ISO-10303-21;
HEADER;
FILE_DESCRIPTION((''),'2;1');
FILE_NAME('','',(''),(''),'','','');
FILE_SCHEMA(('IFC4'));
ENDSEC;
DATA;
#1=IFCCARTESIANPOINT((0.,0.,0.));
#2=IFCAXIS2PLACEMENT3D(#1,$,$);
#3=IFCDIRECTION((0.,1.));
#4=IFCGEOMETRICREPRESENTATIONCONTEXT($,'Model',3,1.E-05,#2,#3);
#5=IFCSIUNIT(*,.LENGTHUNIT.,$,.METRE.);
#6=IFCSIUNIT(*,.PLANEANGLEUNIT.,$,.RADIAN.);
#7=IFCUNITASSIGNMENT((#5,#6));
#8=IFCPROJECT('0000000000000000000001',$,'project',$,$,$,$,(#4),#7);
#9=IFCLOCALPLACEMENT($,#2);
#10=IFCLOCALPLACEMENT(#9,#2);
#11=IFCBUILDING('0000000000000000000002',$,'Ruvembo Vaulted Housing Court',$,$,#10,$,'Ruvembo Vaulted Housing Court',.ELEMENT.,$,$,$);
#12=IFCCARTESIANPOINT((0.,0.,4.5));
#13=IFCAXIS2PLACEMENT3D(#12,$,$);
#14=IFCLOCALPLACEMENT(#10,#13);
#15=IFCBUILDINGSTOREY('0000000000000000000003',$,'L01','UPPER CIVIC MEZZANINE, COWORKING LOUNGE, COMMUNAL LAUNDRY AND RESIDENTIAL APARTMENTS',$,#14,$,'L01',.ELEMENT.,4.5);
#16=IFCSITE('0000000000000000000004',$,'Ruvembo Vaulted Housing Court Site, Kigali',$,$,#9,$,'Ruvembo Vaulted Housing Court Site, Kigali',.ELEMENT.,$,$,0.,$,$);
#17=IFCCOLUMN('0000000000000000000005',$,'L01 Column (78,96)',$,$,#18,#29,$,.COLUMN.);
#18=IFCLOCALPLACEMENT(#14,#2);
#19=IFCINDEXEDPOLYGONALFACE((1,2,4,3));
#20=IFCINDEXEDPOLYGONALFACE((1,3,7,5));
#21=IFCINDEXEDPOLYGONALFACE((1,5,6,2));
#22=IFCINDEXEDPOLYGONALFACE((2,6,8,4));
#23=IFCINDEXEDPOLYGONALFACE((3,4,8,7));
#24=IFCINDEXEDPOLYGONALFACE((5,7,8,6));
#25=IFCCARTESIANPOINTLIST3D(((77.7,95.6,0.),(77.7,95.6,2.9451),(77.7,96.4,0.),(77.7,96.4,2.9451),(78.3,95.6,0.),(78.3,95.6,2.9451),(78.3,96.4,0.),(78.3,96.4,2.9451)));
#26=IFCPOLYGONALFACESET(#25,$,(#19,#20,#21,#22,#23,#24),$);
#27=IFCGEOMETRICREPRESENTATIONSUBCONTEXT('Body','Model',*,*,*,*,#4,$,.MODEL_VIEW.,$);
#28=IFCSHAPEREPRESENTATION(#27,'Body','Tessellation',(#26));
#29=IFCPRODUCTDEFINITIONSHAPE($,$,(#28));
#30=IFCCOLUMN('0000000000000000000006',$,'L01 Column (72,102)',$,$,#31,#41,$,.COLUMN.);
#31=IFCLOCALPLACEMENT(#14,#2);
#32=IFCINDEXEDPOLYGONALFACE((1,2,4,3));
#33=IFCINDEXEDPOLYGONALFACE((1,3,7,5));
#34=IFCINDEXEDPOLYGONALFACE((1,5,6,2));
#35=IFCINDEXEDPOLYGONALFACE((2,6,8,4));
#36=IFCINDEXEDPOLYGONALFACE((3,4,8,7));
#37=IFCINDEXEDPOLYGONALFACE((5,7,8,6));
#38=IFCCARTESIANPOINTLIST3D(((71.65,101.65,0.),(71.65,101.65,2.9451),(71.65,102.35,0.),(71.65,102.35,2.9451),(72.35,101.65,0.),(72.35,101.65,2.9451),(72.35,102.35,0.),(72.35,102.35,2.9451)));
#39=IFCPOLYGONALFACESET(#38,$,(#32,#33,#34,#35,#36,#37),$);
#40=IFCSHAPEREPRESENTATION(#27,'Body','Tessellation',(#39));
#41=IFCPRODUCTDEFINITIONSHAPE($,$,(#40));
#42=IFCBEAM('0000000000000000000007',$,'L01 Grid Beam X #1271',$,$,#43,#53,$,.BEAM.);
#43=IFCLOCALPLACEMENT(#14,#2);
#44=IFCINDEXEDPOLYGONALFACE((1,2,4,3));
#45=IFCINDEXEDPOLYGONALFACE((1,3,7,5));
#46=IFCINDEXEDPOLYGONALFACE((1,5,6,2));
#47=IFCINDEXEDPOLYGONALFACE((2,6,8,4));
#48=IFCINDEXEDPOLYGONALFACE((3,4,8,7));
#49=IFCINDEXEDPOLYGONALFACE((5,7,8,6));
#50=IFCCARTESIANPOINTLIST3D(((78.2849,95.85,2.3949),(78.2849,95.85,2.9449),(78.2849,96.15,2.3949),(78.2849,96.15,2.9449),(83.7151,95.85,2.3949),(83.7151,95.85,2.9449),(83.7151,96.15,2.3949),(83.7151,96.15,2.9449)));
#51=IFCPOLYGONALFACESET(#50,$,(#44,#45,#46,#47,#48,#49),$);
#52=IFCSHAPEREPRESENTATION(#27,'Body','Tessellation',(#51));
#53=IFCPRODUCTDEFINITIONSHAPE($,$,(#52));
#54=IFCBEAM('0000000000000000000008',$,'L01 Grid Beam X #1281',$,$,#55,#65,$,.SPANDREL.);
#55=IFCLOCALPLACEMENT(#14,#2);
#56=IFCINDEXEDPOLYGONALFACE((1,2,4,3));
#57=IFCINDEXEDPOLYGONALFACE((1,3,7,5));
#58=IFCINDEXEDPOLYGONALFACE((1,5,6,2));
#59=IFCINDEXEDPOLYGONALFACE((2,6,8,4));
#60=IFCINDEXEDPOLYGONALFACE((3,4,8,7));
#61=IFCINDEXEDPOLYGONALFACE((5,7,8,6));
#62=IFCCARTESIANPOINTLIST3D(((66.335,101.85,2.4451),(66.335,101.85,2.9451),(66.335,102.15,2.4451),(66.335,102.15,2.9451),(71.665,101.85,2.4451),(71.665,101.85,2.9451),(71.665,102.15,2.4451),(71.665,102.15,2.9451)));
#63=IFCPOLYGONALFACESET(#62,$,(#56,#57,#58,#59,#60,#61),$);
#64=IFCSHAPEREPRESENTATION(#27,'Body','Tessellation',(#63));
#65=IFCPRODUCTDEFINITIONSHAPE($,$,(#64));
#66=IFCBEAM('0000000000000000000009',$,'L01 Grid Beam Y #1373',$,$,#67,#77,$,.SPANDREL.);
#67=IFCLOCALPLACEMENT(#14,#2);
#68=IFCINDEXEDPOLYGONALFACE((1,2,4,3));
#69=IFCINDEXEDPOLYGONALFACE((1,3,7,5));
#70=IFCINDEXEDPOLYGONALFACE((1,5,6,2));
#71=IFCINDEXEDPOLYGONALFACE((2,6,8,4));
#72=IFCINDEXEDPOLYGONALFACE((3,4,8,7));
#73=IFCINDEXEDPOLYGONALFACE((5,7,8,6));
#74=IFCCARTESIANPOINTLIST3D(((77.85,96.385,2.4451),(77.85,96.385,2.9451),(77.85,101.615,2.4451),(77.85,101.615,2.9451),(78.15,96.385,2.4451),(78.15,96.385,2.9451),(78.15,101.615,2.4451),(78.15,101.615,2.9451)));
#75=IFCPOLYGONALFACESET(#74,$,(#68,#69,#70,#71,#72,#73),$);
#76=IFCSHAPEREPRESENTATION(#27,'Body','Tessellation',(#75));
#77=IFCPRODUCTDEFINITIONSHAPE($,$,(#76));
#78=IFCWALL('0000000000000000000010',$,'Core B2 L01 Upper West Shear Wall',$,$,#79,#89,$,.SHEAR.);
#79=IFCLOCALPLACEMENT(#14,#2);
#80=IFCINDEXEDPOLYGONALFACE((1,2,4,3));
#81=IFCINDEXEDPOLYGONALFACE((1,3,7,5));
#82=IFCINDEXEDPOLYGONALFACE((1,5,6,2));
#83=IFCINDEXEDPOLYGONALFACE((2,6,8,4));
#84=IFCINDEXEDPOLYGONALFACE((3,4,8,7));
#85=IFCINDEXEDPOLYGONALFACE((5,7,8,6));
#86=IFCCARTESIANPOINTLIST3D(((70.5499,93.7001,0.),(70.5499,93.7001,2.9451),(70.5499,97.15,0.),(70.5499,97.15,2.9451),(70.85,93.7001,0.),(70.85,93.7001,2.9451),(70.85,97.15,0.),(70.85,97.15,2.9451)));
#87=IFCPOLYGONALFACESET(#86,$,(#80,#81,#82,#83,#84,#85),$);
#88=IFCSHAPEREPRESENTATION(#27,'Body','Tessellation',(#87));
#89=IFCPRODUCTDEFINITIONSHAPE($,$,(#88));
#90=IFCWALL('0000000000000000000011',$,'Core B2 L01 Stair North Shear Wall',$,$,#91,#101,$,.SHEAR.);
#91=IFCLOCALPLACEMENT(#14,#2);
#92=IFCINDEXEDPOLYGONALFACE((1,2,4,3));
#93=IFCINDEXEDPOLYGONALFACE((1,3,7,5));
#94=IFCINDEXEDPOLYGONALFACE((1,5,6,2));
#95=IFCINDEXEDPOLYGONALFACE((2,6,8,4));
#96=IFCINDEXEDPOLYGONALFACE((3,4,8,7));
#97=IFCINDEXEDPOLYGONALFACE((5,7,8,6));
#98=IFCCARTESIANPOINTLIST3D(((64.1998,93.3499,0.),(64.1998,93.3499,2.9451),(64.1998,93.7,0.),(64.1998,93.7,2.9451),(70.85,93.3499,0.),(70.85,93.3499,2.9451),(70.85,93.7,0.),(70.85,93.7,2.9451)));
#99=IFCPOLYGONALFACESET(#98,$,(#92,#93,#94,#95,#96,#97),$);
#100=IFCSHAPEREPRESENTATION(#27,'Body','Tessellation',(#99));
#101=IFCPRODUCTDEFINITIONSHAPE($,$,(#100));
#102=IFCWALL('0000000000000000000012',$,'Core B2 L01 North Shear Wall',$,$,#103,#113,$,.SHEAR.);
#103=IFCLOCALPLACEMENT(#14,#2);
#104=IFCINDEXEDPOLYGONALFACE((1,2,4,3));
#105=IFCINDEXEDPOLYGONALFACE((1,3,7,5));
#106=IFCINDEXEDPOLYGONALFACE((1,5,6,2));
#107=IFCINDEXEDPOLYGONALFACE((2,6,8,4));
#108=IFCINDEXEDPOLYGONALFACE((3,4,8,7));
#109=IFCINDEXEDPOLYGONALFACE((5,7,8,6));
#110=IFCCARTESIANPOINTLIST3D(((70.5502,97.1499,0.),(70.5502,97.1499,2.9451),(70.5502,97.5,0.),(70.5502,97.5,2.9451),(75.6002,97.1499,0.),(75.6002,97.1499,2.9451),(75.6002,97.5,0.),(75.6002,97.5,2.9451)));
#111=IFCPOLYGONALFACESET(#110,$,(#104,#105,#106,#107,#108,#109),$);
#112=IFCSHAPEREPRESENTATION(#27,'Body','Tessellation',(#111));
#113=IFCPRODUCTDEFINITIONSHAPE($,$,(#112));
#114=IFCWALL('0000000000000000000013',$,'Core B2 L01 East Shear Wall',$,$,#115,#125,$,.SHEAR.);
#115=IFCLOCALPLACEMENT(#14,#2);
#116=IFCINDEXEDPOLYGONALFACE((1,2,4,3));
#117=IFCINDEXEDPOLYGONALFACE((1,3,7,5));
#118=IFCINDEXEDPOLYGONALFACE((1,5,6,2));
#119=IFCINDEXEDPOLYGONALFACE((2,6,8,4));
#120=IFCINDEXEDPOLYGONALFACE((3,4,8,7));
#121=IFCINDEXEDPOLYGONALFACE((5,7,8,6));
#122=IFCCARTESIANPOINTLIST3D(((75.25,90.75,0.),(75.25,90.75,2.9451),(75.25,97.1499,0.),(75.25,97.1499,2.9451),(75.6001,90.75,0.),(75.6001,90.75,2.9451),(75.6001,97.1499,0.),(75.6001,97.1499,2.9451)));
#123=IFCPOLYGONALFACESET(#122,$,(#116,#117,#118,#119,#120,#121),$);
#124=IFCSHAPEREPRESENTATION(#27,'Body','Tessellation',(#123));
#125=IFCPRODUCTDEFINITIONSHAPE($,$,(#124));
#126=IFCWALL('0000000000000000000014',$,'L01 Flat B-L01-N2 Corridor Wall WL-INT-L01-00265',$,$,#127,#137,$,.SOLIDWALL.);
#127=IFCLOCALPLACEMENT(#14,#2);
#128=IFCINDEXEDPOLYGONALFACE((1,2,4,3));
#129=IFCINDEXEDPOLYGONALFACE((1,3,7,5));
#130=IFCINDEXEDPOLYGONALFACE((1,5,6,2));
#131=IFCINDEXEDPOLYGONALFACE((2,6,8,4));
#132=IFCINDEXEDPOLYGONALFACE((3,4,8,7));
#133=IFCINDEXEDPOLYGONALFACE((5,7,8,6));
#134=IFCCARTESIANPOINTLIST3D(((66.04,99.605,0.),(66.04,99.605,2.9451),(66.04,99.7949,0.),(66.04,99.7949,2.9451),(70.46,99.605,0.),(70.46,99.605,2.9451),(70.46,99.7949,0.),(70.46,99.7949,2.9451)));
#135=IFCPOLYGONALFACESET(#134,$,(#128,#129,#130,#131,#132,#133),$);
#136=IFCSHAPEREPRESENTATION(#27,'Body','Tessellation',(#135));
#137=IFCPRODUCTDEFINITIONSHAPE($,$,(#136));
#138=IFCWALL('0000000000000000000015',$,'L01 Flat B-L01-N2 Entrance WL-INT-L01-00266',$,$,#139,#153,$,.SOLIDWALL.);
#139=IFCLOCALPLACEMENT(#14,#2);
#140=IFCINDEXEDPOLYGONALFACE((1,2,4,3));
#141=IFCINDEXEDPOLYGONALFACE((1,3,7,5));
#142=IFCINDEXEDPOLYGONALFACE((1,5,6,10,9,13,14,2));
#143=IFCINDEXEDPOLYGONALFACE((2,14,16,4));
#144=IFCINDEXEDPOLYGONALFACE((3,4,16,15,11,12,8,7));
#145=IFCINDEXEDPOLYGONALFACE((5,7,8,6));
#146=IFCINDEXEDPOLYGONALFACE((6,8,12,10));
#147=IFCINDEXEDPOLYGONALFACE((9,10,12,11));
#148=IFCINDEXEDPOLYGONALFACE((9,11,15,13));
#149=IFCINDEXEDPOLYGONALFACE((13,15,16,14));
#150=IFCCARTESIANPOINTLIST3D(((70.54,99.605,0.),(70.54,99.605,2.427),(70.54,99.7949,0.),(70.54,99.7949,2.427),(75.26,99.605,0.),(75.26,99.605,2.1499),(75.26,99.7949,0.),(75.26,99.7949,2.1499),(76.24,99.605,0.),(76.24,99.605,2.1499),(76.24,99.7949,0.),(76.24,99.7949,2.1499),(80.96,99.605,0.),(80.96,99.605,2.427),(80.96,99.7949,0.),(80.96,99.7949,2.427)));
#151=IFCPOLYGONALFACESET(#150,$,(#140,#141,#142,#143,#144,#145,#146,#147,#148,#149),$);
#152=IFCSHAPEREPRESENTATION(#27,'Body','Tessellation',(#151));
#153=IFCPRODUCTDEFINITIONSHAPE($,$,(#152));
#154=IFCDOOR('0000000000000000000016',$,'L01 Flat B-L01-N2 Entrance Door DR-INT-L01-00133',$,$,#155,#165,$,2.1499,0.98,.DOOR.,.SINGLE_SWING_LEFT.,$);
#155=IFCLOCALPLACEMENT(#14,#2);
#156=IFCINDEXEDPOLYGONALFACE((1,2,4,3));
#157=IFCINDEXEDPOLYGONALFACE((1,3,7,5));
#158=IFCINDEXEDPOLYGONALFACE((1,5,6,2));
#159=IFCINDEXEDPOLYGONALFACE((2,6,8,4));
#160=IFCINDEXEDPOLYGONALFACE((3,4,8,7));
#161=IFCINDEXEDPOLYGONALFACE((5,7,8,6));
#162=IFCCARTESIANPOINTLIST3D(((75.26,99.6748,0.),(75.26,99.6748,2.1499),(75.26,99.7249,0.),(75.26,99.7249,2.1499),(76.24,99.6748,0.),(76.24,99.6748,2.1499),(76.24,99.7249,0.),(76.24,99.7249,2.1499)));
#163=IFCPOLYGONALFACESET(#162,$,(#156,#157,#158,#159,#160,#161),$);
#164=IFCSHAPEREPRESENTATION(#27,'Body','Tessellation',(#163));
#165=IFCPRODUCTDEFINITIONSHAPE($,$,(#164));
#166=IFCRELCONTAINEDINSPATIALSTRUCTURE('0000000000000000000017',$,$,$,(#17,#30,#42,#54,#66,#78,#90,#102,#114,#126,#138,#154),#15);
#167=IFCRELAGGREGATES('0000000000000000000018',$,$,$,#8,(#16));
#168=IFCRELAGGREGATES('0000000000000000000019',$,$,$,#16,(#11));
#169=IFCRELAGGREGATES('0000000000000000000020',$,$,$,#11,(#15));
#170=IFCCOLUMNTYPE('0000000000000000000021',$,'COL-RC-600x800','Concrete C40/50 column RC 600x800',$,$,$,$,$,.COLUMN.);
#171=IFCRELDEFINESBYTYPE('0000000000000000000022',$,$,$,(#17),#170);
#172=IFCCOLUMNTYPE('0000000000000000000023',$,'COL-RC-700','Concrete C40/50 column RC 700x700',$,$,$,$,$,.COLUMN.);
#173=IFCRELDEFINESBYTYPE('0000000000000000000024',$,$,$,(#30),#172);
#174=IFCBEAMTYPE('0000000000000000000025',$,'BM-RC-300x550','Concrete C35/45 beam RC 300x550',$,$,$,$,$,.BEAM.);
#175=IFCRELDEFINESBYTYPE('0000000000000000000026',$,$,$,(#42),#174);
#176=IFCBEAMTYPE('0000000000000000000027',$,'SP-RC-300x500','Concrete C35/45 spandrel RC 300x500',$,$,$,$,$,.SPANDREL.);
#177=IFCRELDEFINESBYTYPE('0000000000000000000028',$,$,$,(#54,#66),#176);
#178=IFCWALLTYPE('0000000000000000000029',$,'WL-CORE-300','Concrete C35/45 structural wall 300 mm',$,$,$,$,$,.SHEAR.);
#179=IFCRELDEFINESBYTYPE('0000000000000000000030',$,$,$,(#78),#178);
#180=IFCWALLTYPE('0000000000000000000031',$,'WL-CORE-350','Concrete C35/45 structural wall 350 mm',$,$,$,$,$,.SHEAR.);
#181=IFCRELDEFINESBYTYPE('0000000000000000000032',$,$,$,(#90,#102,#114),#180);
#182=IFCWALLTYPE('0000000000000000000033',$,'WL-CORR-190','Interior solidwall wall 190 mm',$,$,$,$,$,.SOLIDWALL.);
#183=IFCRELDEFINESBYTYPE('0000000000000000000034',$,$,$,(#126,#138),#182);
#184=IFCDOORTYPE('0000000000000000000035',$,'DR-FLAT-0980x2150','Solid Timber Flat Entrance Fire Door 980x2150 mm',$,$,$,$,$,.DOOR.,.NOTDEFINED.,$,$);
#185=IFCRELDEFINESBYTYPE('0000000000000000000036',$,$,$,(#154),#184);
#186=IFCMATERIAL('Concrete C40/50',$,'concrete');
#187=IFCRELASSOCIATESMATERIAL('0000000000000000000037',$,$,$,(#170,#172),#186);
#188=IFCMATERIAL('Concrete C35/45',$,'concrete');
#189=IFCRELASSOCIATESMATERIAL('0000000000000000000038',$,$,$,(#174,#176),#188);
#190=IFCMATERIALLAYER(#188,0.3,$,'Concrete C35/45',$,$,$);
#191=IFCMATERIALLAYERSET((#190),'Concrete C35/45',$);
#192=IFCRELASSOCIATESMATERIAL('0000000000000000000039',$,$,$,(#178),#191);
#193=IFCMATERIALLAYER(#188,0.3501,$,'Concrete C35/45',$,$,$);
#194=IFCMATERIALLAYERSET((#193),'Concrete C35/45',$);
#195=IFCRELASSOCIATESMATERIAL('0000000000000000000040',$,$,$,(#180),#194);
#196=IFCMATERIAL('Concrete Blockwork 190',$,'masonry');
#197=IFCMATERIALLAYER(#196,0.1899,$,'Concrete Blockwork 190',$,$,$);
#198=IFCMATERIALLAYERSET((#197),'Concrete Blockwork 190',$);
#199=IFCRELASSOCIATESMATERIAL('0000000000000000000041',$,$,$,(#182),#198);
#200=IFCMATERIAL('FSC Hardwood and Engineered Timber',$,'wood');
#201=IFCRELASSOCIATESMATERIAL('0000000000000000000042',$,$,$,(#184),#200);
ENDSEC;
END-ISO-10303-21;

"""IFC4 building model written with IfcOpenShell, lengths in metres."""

from ifc_helpers import new_model, si_unit, direction, frame, frame_2d, origin, origin_2d, place, context, subcontext, project, spatial, rectangle, extrude, material, layer, layer_set, material_profile, profile_set, type_object, element, fill, save


model = new_model("IFC4")

# Units and contexts
model_context = context("Model", 3, precision=1e-05, world=origin(), true_north=direction((0.0, 1.0)))
body_context = subcontext(model_context, "Body", "Model", "MODEL_VIEW")
ifc_project = project(units=[si_unit("LENGTHUNIT", "METRE"), si_unit("PLANEANGLEUNIT", "RADIAN")], contexts=[model_context])

# Site, building, storey
site_placement = place(None, origin())
site = spatial("IfcSite", under=ifc_project, at=site_placement, Name="Ruvembo Vaulted Housing Court Site, Kigali", LongName="Ruvembo Vaulted Housing Court Site, Kigali", CompositionType="ELEMENT", RefElevation=0.0)
building_placement = place(site_placement, origin())
building = spatial("IfcBuilding", under=site, at=building_placement, Name="Ruvembo Vaulted Housing Court", LongName="Ruvembo Vaulted Housing Court", CompositionType="ELEMENT")
storey_placement = place(building_placement, frame((0.0, 0.0, 4.5)))
storey = spatial("IfcBuildingStorey", under=building, at=storey_placement, Name="L01", Description="UPPER CIVIC MEZZANINE, COWORKING LOUNGE, COMMUNAL LAUNDRY AND RESIDENTIAL APARTMENTS", LongName="L01", CompositionType="ELEMENT", Elevation=4.5)

# Columns
ifc_material_1 = material(Name="Concrete C40/50", Category="concrete")
ifc_material_profile_1 = material_profile(ifc_material_1, rectangle(XDim=0.6001, YDim=0.8, at=origin_2d()), Name="RC 600x800")
ifc_profile_set_1 = profile_set([ifc_material_profile_1], Name="Concrete C40/50")
column_type_1 = type_object("IfcColumnType", Name="COL-RC-600x800", Description="Concrete C40/50 column RC 600x800", PredefinedType="COLUMN", material=ifc_profile_set_1)
column_1_placement = place(storey_placement, frame((78.0, 96.0, 0.0), z_axis=(0.0, 0.0, 1.0), x_axis=(1.0, 0.0, 0.0)))
element("IfcColumn", 1, at=column_1_placement, inside=storey, type_object=column_type_1, Name="L01 Column (78,96)", PredefinedType="COLUMN", context=body_context, shape_type="SweptSolid", body=[
    extrude(rectangle(XDim=0.6001, YDim=0.8, at=origin_2d()), origin(), (0.0, 0.0, 1.0), 2.9451),
])
ifc_material_profile_2 = material_profile(ifc_material_1, rectangle(XDim=0.7, YDim=0.7, at=origin_2d()), Name="RC 700x700")
ifc_profile_set_2 = profile_set([ifc_material_profile_2], Name="Concrete C40/50")
column_type_2 = type_object("IfcColumnType", Name="COL-RC-700", Description="Concrete C40/50 column RC 700x700", PredefinedType="COLUMN", material=ifc_profile_set_2)
column_2_placement = place(storey_placement, frame((72.0, 102.0, 0.0), z_axis=(0.0, 0.0, 1.0), x_axis=(1.0, 0.0, 0.0)))
element("IfcColumn", 2, at=column_2_placement, inside=storey, type_object=column_type_2, Name="L01 Column (72,102)", PredefinedType="COLUMN", context=body_context, shape_type="SweptSolid", body=[
    extrude(rectangle(XDim=0.7, YDim=0.7, at=origin_2d()), origin(), (0.0, 0.0, 1.0), 2.9451),
])

# Beams
ifc_material_2 = material(Name="Concrete C35/45", Category="concrete")
ifc_material_profile_3 = material_profile(ifc_material_2, rectangle(XDim=0.3, YDim=0.55, at=origin_2d()), Name="RC 300x550")
ifc_profile_set_3 = profile_set([ifc_material_profile_3], Name="Concrete C35/45")
beam_type_1 = type_object("IfcBeamType", Name="BM-RC-300x550", Description="Concrete C35/45 beam RC 300x550", PredefinedType="BEAM", material=ifc_profile_set_3)
beam_1_placement = place(storey_placement, frame((78.2849, 96.0, 2.6699), z_axis=(1.0, 0.0, 0.0), x_axis=(0.0, 1.0, 0.0)))
element("IfcBeam", 3, at=beam_1_placement, inside=storey, type_object=beam_type_1, Name="L01 Grid Beam X #1271", PredefinedType="BEAM", context=body_context, shape_type="SweptSolid", body=[
    extrude(rectangle(XDim=0.3, YDim=0.55, at=origin_2d()), origin(), (0.0, 0.0, 1.0), 5.4302),
])
ifc_material_profile_4 = material_profile(ifc_material_2, rectangle(XDim=0.3, YDim=0.5, at=origin_2d()), Name="RC 300x500")
ifc_profile_set_4 = profile_set([ifc_material_profile_4], Name="Concrete C35/45")
beam_type_2 = type_object("IfcBeamType", Name="SP-RC-300x500", Description="Concrete C35/45 spandrel RC 300x500", PredefinedType="SPANDREL", material=ifc_profile_set_4)
beam_2_placement = place(storey_placement, frame((66.335, 102.0, 2.6951), z_axis=(1.0, 0.0, 0.0), x_axis=(0.0, 1.0, 0.0)))
element("IfcBeam", 4, at=beam_2_placement, inside=storey, type_object=beam_type_2, Name="L01 Grid Beam X #1281", PredefinedType="SPANDREL", context=body_context, shape_type="SweptSolid", body=[
    extrude(rectangle(XDim=0.3, YDim=0.5, at=origin_2d()), origin(), (0.0, 0.0, 1.0), 5.3301),
])
beam_3_placement = place(storey_placement, frame((78.0, 96.385, 2.6951), z_axis=(0.0, 1.0, 0.0), x_axis=(-1.0, 0.0, 0.0)))
element("IfcBeam", 5, at=beam_3_placement, inside=storey, type_object=beam_type_2, Name="L01 Grid Beam Y #1373", PredefinedType="SPANDREL", context=body_context, shape_type="SweptSolid", body=[
    extrude(rectangle(XDim=0.3, YDim=0.5, at=origin_2d()), origin(), (0.0, 0.0, 1.0), 5.23),
])

# Shared definitions
ifc_layer_1 = layer(ifc_material_2, 0.3, Name="Concrete C35/45")
ifc_layer_set_1 = layer_set([ifc_layer_1], Name="Concrete C35/45")
wall_type_1 = type_object("IfcWallType", Name="WL-CORE-300", Description="Concrete C35/45 structural wall 300 mm", PredefinedType="SHEAR", material=ifc_layer_set_1)

# Walls
wall_1_placement = place(storey_placement, frame((70.7, 93.7, 0.0), z_axis=(0.0, 0.0, 1.0), x_axis=(0.0, 1.0, 0.0)))
element("IfcWall", 6, at=wall_1_placement, inside=storey, type_object=wall_type_1, Name="Core B2 L01 Upper West Shear Wall", PredefinedType="SHEAR", context=body_context, shape_type="SweptSolid", body=[
    extrude(rectangle(XDim=3.45, YDim=0.3, at=frame_2d((1.7251, 0.0))), origin(), (0.0, 0.0, 1.0), 2.9451),
])
ifc_layer_2 = layer(ifc_material_2, 0.3501, Name="Concrete C35/45")
ifc_layer_set_2 = layer_set([ifc_layer_2], Name="Concrete C35/45")
wall_type_2 = type_object("IfcWallType", Name="WL-CORE-350", Description="Concrete C35/45 structural wall 350 mm", PredefinedType="SHEAR", material=ifc_layer_set_2)
wall_2_placement = place(storey_placement, frame((70.8501, 93.5249, 0.0), z_axis=(0.0, 0.0, 1.0), x_axis=(-1.0, 0.0, 0.0)))
element("IfcWall", 7, at=wall_2_placement, inside=storey, type_object=wall_type_2, Name="Core B2 L01 Stair North Shear Wall", PredefinedType="SHEAR", context=body_context, shape_type="SweptSolid", body=[
    extrude(rectangle(XDim=6.6501, YDim=0.3501, at=frame_2d((3.3252, 0.0))), origin(), (0.0, 0.0, 1.0), 2.9451),
])
wall_3_placement = place(storey_placement, frame((75.6001, 97.325, 0.0), z_axis=(0.0, 0.0, 1.0), x_axis=(-1.0, 0.0, 0.0)))
element("IfcWall", 8, at=wall_3_placement, inside=storey, type_object=wall_type_2, Name="Core B2 L01 North Shear Wall", PredefinedType="SHEAR", context=body_context, shape_type="SweptSolid", body=[
    extrude(rectangle(XDim=5.05, YDim=0.3501, at=frame_2d((2.5249, 0.0))), origin(), (0.0, 0.0, 1.0), 2.9451),
])
wall_4_placement = place(storey_placement, frame((75.425, 90.75, 0.0), z_axis=(0.0, 0.0, 1.0), x_axis=(0.0, 1.0, 0.0)))
element("IfcWall", 9, at=wall_4_placement, inside=storey, type_object=wall_type_2, Name="Core B2 L01 East Shear Wall", PredefinedType="SHEAR", context=body_context, shape_type="SweptSolid", body=[
    extrude(rectangle(XDim=6.3999, YDim=0.3501, at=frame_2d((3.2, 0.0))), origin(), (0.0, 0.0, 1.0), 2.9451),
])
ifc_material_3 = material(Name="Concrete Blockwork 190", Category="masonry")
ifc_layer_3 = layer(ifc_material_3, 0.1899, Name="Concrete Blockwork 190")
ifc_layer_set_3 = layer_set([ifc_layer_3], Name="Concrete Blockwork 190")
wall_type_3 = type_object("IfcWallType", Name="WL-CORR-190", Description="Interior solidwall wall 190 mm", PredefinedType="SOLIDWALL", material=ifc_layer_set_3)
wall_5_placement = place(storey_placement, frame((66.04, 99.7, 0.0), z_axis=(0.0, 0.0, 1.0), x_axis=(1.0, 0.0, 0.0)))
element("IfcWall", 10, at=wall_5_placement, inside=storey, type_object=wall_type_3, Name="L01 Flat B-L01-N2 Corridor Wall WL-INT-L01-00265", PredefinedType="SOLIDWALL", context=body_context, shape_type="SweptSolid", body=[
    extrude(rectangle(XDim=4.4199, YDim=0.1899, at=frame_2d((2.21, 0.0))), origin(), (0.0, 0.0, 1.0), 2.9451),
])

# Wall, opening, door
wall_6_placement = place(storey_placement, frame((70.54, 99.7, 0.0), z_axis=(0.0, 0.0, 1.0), x_axis=(1.0, 0.0, 0.0)))
wall_6 = element("IfcWall", 11, at=wall_6_placement, inside=storey, type_object=wall_type_3, Name="L01 Flat B-L01-N2 Entrance WL-INT-L01-00266", PredefinedType="SOLIDWALL", context=body_context, shape_type="SweptSolid", body=[
    extrude(rectangle(XDim=10.4199, YDim=0.1899, at=frame_2d((5.21, 0.0))), origin(), (0.0, 0.0, 1.0), 2.427),
])
opening_1_placement = place(wall_6_placement, frame((4.72, 0.0, 0.0)))
opening_1 = element("IfcOpeningElement", 12, at=opening_1_placement, cuts=wall_6, PredefinedType="OPENING", context=body_context, shape_type="SweptSolid", body=[
    extrude(rectangle(XDim=0.98, YDim=2.1499, at=frame_2d((0.49, 1.075))), frame((0.0, 0.105, 0.0), z_axis=(0.0, -1.0, 0.0), x_axis=(1.0, 0.0, 0.0)), (0.0, 0.0, 1.0), 0.21),
])
ifc_material_4 = material(Name="FSC Hardwood and Engineered Timber", Category="wood")
door_type_1 = type_object("IfcDoorType", Name="DR-FLAT-0980x2150", Description="Solid Timber Flat Entrance Fire Door 980x2150 mm", OperationType="NOTDEFINED", PredefinedType="DOOR", material=ifc_material_4)
door_1_placement = place(opening_1_placement, origin())
door_1 = element("IfcDoor", 13, at=door_1_placement, inside=storey, type_object=door_type_1, Name="L01 Flat B-L01-N2 Entrance Door DR-INT-L01-00133", OperationType="SINGLE_SWING_LEFT", OverallHeight=2.1499, OverallWidth=0.98, PredefinedType="DOOR", context=body_context, shape_type="SweptSolid", body=[
    extrude(rectangle(XDim=0.98, YDim=2.1499, at=frame_2d((0.49, 1.075))), frame((0.0, 0.0249, 0.0), z_axis=(0.0, -1.0, 0.0), x_axis=(1.0, 0.0, 0.0)), (0.0, 0.0, 1.0), 0.05),
])
fill(opening_1, door_1)

save(model, "model.ifc")
